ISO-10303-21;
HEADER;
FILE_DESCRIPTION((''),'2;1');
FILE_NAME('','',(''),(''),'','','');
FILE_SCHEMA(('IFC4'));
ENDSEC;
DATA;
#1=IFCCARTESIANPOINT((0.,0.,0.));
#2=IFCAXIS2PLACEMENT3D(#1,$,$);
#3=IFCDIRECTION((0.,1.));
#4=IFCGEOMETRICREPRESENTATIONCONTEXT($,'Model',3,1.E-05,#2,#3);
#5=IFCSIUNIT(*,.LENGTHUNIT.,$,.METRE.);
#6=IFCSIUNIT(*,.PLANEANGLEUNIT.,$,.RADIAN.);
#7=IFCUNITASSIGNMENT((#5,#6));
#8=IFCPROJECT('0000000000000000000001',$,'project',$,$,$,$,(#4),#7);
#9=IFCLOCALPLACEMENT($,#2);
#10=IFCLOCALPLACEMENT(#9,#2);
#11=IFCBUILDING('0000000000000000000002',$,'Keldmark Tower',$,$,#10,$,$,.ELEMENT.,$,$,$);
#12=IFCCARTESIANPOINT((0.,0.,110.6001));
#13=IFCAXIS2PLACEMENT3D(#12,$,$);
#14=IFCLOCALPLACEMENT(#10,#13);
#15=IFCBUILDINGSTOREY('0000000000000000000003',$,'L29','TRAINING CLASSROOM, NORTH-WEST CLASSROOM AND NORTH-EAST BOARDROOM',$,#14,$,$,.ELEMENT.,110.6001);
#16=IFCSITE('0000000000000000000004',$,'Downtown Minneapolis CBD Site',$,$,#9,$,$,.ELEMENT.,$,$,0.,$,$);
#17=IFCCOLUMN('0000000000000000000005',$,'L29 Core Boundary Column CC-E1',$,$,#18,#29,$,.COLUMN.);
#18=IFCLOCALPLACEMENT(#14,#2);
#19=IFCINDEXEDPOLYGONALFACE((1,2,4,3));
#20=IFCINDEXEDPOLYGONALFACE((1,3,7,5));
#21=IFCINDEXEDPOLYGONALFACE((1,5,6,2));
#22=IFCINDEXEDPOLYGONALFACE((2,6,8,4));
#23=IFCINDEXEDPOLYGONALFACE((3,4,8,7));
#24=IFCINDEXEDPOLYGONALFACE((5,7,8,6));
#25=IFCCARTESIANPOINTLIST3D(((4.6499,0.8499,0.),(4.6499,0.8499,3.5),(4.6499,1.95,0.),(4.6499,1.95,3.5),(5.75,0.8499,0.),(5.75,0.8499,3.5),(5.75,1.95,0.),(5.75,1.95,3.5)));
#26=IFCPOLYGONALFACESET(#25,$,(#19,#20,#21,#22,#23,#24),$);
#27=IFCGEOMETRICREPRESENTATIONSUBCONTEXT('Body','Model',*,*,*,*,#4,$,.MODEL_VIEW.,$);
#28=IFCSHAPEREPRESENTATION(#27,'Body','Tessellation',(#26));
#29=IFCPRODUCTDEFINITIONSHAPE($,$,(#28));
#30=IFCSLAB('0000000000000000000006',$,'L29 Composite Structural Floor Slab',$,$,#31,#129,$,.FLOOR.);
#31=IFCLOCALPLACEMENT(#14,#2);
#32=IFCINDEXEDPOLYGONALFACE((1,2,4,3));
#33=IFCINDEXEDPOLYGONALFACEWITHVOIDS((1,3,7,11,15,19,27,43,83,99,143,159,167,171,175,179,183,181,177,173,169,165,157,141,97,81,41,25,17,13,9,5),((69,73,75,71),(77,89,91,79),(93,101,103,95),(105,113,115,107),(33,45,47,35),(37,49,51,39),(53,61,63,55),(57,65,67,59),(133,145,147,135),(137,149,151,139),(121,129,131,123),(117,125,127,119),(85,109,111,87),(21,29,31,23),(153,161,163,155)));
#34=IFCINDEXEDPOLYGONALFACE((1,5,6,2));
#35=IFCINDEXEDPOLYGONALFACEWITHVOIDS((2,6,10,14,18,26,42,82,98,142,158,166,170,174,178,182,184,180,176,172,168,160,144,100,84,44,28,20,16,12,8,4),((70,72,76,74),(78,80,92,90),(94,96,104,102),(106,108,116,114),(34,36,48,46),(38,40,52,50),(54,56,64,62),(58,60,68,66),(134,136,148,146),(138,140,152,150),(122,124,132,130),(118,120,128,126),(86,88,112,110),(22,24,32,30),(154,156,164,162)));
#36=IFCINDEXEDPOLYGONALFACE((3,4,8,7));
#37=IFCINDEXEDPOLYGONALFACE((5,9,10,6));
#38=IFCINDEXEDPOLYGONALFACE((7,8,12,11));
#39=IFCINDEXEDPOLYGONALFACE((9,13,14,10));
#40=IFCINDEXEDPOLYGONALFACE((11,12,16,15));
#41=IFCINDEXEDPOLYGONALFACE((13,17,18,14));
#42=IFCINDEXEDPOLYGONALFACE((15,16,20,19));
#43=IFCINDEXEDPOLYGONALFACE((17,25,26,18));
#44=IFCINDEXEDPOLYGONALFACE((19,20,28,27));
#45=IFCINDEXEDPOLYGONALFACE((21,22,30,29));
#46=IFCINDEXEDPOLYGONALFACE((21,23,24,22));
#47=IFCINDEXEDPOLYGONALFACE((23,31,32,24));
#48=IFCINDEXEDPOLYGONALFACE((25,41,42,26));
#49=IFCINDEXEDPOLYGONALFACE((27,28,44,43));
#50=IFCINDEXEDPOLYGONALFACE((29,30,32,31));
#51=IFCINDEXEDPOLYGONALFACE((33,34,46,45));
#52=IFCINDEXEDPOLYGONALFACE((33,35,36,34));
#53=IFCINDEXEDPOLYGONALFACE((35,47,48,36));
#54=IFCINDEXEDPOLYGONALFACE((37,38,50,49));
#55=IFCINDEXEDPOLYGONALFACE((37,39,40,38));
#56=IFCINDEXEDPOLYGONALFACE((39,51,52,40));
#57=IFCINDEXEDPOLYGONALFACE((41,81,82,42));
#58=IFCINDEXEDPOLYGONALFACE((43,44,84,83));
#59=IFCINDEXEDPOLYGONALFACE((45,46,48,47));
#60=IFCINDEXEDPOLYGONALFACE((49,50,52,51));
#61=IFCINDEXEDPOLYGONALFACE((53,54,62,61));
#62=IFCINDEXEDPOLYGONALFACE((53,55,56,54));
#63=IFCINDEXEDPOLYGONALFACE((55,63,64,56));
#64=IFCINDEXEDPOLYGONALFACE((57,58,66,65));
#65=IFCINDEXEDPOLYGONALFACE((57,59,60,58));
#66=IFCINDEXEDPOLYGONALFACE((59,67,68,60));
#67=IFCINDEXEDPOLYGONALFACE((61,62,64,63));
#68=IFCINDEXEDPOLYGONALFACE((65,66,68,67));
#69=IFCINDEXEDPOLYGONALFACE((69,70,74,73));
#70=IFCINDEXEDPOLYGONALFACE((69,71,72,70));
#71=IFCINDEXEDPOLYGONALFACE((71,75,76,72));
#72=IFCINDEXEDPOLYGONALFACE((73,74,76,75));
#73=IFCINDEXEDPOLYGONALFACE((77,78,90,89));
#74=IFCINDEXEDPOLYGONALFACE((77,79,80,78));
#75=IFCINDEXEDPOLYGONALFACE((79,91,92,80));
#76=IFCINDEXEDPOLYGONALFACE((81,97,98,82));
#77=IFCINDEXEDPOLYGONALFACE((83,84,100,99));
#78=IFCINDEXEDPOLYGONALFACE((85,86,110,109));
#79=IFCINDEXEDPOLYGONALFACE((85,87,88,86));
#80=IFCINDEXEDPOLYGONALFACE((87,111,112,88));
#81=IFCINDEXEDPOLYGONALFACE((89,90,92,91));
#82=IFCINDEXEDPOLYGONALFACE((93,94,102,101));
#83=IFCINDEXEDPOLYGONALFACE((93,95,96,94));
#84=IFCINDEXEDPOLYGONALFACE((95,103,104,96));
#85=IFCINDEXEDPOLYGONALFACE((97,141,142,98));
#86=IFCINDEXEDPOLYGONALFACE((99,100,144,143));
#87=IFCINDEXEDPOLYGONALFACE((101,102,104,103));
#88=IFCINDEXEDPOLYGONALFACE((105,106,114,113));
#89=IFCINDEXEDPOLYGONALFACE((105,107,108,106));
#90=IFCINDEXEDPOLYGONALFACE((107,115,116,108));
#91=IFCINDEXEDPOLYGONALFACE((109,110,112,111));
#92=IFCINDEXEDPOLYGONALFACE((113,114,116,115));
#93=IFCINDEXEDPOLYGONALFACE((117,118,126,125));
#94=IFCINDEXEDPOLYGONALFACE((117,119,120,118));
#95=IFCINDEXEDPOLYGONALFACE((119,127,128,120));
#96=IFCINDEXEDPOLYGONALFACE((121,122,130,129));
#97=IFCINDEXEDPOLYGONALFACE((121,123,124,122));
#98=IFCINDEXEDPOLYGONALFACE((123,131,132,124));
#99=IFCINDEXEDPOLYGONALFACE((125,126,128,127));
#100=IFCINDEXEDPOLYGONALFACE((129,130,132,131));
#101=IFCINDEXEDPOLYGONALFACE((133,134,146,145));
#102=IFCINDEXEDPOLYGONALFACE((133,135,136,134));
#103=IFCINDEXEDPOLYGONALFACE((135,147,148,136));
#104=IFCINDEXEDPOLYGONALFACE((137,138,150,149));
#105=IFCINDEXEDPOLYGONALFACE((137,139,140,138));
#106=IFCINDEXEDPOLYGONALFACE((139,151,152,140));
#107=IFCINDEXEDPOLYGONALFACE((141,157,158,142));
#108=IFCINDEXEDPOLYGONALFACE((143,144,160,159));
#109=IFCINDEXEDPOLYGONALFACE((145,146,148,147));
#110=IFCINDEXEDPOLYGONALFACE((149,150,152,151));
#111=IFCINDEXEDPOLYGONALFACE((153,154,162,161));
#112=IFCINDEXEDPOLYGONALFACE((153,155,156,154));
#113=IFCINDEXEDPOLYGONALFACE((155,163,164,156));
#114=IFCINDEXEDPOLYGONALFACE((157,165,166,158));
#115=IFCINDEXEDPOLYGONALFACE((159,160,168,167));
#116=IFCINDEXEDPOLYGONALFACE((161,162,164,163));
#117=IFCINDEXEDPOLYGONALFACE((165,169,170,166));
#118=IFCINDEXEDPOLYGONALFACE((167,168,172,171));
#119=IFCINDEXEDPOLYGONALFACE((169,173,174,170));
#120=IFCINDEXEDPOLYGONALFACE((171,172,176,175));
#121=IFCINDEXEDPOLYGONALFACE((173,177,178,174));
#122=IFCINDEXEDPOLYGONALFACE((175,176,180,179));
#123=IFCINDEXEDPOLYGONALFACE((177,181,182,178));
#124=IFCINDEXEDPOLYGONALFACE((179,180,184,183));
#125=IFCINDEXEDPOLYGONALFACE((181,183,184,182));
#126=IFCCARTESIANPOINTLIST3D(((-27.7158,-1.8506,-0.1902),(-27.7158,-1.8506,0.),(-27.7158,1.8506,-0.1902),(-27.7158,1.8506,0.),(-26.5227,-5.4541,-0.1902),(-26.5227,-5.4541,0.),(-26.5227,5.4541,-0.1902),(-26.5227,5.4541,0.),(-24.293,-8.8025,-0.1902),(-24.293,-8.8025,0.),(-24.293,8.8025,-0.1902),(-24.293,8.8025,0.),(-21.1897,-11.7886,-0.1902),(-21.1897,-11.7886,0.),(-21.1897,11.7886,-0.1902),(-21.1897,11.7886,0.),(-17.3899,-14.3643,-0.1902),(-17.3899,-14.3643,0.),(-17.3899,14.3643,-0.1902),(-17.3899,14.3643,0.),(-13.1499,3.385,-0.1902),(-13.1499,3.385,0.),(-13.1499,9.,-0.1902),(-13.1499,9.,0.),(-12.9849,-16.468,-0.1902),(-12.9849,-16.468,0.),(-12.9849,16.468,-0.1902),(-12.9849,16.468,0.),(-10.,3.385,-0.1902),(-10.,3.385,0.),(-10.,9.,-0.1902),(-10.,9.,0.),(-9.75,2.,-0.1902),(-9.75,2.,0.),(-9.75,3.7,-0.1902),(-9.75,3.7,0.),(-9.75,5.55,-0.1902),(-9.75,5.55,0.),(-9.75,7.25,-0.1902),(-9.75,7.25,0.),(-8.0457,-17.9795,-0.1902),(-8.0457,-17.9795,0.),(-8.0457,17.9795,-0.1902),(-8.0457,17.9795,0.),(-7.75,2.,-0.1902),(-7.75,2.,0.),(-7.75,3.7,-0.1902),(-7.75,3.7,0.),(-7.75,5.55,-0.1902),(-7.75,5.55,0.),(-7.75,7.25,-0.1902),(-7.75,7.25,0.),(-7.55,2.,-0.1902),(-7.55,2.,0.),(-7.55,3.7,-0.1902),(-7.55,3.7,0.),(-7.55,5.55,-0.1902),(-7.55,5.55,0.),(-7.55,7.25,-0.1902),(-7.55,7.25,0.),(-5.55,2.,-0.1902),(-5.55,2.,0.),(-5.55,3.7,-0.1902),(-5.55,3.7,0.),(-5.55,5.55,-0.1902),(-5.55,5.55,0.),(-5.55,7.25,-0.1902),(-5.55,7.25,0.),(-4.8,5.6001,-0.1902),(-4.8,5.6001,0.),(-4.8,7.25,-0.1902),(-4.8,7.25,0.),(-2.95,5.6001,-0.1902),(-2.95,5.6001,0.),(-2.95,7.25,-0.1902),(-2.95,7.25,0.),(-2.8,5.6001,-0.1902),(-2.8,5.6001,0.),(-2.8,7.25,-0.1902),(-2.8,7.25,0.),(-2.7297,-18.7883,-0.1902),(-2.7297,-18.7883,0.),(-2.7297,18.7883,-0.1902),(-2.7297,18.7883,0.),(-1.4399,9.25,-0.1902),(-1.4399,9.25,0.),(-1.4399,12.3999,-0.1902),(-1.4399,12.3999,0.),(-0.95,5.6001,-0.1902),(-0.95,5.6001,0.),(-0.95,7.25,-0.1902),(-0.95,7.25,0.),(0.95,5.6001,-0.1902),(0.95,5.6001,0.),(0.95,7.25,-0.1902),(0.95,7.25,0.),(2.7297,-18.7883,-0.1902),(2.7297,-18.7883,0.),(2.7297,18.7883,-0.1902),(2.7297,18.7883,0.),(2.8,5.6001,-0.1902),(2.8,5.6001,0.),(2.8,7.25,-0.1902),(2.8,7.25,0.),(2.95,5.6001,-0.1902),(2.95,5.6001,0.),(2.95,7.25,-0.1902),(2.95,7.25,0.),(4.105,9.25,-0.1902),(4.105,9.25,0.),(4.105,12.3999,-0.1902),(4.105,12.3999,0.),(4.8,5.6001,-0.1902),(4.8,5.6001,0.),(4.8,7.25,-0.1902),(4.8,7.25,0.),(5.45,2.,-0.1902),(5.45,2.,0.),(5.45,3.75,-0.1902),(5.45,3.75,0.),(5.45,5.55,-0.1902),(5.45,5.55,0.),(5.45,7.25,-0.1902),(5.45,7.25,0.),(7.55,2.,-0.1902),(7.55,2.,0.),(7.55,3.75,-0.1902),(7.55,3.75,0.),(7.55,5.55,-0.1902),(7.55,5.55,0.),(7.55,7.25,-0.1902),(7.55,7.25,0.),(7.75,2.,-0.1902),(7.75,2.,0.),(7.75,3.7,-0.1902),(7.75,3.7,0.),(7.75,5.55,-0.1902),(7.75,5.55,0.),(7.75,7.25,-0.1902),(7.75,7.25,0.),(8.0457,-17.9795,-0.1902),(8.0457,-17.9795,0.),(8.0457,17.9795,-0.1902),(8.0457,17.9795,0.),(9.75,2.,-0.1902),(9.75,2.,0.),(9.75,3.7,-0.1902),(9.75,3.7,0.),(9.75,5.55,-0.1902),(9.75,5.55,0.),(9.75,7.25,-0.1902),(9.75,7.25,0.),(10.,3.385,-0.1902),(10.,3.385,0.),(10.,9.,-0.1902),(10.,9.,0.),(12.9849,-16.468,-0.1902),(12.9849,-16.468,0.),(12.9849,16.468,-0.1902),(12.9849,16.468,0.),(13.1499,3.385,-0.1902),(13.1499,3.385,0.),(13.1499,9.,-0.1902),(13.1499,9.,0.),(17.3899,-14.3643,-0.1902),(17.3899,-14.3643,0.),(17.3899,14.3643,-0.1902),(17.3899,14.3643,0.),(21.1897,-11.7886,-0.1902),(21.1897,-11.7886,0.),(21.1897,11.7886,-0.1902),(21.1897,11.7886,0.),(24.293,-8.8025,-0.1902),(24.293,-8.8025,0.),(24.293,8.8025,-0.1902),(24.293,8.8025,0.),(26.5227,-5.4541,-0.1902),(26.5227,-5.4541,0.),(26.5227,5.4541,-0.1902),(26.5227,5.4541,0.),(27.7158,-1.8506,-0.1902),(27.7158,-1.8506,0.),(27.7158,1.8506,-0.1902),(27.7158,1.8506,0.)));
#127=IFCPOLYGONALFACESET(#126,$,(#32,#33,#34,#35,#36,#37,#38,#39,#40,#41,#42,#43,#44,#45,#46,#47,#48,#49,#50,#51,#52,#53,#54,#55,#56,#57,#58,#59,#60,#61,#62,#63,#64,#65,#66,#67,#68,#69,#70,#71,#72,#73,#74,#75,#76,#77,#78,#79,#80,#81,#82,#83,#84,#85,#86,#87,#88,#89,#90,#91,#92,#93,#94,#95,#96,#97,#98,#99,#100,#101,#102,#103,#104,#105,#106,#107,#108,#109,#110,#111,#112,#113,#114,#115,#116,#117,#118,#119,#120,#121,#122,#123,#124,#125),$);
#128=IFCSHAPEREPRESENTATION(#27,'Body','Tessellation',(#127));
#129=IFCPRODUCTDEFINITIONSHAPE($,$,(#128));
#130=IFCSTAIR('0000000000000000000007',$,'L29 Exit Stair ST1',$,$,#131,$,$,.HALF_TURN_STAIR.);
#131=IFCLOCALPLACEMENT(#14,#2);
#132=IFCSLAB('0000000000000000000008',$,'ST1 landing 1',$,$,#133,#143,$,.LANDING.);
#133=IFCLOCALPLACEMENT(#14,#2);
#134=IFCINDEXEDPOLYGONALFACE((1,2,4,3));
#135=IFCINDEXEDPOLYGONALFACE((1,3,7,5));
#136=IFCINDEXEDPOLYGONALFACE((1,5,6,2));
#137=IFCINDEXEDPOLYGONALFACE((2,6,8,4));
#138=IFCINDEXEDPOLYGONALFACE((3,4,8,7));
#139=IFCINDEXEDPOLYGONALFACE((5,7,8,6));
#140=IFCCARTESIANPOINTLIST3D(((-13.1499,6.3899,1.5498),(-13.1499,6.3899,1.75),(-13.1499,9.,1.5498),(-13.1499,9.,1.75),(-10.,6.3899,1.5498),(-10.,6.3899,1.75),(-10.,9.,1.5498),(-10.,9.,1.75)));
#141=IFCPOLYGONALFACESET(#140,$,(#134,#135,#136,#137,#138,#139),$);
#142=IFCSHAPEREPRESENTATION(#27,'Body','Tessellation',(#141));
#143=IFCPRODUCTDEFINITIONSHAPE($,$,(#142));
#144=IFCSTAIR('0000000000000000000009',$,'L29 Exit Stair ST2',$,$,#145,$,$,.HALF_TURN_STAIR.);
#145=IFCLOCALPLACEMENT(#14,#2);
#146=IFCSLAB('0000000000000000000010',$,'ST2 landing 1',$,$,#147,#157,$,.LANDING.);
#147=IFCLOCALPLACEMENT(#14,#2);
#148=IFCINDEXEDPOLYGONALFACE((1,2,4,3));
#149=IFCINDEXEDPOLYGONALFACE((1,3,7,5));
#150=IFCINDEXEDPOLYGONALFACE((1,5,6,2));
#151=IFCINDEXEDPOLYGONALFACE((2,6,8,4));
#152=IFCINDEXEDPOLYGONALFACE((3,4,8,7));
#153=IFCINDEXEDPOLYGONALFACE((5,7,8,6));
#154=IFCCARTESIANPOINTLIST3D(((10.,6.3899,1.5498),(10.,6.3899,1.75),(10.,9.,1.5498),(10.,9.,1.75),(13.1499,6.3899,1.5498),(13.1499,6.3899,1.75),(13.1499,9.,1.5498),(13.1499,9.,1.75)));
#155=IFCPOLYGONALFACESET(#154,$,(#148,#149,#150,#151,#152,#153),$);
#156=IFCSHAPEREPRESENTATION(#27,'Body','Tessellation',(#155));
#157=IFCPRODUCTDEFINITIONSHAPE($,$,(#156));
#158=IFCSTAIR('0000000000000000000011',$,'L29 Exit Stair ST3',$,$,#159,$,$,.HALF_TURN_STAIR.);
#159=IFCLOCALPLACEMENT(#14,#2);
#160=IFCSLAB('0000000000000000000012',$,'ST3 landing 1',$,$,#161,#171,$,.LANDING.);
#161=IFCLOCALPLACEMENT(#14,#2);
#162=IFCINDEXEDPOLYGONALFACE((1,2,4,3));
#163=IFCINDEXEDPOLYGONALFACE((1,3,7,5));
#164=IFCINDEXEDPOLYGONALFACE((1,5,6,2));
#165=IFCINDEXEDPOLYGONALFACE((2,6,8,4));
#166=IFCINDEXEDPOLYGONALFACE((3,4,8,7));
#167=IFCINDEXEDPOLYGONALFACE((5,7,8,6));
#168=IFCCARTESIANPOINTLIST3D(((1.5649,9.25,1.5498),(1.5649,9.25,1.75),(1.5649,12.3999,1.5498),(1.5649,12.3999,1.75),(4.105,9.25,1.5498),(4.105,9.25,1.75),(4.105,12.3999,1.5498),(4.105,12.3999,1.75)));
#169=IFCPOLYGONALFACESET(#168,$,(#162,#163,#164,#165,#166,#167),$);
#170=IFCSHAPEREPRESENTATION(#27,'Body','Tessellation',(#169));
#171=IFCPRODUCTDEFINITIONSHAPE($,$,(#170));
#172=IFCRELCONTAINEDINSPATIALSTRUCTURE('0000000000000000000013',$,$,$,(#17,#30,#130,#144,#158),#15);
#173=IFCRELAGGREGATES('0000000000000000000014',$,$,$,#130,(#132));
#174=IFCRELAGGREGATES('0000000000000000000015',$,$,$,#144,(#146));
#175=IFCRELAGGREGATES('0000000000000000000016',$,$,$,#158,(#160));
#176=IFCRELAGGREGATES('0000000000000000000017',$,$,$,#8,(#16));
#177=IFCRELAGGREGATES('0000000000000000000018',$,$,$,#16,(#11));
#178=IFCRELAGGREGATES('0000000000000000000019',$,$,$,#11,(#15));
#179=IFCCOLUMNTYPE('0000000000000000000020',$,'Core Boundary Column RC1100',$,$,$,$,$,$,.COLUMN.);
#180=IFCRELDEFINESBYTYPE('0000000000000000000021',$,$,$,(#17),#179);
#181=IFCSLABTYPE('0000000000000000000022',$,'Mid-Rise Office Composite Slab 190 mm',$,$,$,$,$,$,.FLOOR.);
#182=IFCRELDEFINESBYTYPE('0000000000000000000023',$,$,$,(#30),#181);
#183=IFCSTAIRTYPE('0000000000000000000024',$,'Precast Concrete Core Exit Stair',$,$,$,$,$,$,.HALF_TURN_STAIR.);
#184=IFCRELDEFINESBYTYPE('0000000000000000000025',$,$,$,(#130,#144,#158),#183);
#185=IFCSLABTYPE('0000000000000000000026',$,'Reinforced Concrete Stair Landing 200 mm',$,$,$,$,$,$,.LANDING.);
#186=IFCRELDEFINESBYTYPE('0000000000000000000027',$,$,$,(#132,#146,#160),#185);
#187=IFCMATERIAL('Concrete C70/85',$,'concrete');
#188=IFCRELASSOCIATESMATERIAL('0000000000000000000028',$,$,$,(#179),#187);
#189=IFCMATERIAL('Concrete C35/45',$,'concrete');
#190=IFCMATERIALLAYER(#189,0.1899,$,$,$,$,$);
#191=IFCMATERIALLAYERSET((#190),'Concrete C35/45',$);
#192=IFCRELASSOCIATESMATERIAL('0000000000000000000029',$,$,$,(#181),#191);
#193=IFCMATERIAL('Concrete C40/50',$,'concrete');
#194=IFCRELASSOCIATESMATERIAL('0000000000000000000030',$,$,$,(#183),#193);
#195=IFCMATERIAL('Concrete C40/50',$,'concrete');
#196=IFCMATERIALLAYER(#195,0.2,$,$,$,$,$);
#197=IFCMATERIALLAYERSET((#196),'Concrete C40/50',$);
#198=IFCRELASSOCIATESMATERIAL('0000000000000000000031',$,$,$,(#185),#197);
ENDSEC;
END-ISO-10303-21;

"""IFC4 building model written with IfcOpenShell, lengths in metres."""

from ifc_helpers import new_model, si_unit, direction, frame, origin, origin_2d, place, context, subcontext, project, spatial, polyline, rectangle, outline, extrude, material, layer, layer_set, material_profile, profile_set, type_object, element, aggregate, save


model = new_model("IFC4")

# Units and contexts
model_context = context("Model", 3, precision=1e-05, world=origin(), true_north=direction((0.0, 1.0)))
body_context = subcontext(model_context, "Body", "Model", "MODEL_VIEW")
ifc_project = project(units=[si_unit("LENGTHUNIT", "METRE"), si_unit("PLANEANGLEUNIT", "RADIAN")], contexts=[model_context])

# Site, building, storey
site_placement = place(None, origin())
site = spatial("IfcSite", under=ifc_project, at=site_placement, Name="Downtown Minneapolis CBD Site", CompositionType="ELEMENT", RefElevation=0.0)
building_placement = place(site_placement, origin())
building = spatial("IfcBuilding", under=site, at=building_placement, Name="Keldmark Tower", CompositionType="ELEMENT")
storey_placement = place(building_placement, frame((0.0, 0.0, 110.6001)))
storey = spatial("IfcBuildingStorey", under=building, at=storey_placement, Name="L29", Description="TRAINING CLASSROOM, NORTH-WEST CLASSROOM AND NORTH-EAST BOARDROOM", CompositionType="ELEMENT", Elevation=110.6001)

# Column
ifc_material_1 = material(Name="Concrete C70/85", Category="concrete")
ifc_material_profile = material_profile(ifc_material_1, rectangle(XDim=1.1001, YDim=1.1001, at=origin_2d()), Name="RC1100X1100")
ifc_profile_set = profile_set([ifc_material_profile], Name="Concrete C70/85")
column_type = type_object("IfcColumnType", Name="Core Boundary Column RC1100", PredefinedType="COLUMN", material=ifc_profile_set)
column_placement = place(storey_placement, frame((5.2, 1.3999, 0.0), z_axis=(0.0, 0.0, 1.0), x_axis=(1.0, 0.0, 0.0)))
element("IfcColumn", 1, at=column_placement, inside=storey, type_object=column_type, Name="L29 Core Boundary Column CC-E1", PredefinedType="COLUMN", context=body_context, shape_type="SweptSolid", body=[
    extrude(rectangle(XDim=1.1001, YDim=1.1001, at=origin_2d()), origin(), (0.0, 0.0, 1.0), 3.5),
])

# Slab
ifc_material_2 = material(Name="Concrete C35/45", Category="concrete")
ifc_layer_1 = layer(ifc_material_2, 0.1899)
ifc_layer_set_1 = layer_set([ifc_layer_1], Name="Concrete C35/45")
slab_type_1 = type_object("IfcSlabType", Name="Mid-Rise Office Composite Slab 190 mm", PredefinedType="FLOOR", material=ifc_layer_set_1)
slab_1_placement = place(storey_placement, frame((0.0, 0.0, -0.1902)))
element("IfcSlab", 2, at=slab_1_placement, inside=storey, type_object=slab_type_1, Name="L29 Composite Structural Floor Slab", PredefinedType="FLOOR", context=body_context, shape_type="SweptSolid", body=[
    extrude(outline(polyline([(27.7158, 1.8506), (26.5227, 5.4541), (24.293, 8.8025), (21.1897, 11.7886), (17.3899, 14.3643), (12.9849, 16.468), (8.0457, 17.9795), (2.7297, 18.7883), (-2.7297, 18.7883), (-8.0457, 17.9795), (-12.9849, 16.468), (-17.3899, 14.3643), (-21.1897, 11.7886), (-24.293, 8.8025), (-26.5227, 5.4541), (-27.7158, 1.8506), (-27.7158, -1.8506), (-26.5227, -5.4541), (-24.293, -8.8025), (-21.1897, -11.7886), (-17.3899, -14.3643), (-12.9849, -16.468), (-8.0457, -17.9795), (-2.7297, -18.7883), (2.7297, -18.7883), (8.0457, -17.9795), (12.9849, -16.468), (17.3899, -14.3643), (21.1897, -11.7886), (24.293, -8.8025), (26.5227, -5.4541), (27.7158, -1.8506), (27.7158, 1.8506)]), holes=[polyline([(-10.0, 3.385), (-10.0, 9.0), (-13.1499, 9.0), (-13.1499, 3.385), (-10.0, 3.385)]), polyline([(13.1499, 3.385), (13.1499, 9.0), (10.0, 9.0), (10.0, 3.385), (13.1499, 3.385)]), polyline([(-1.4399, 9.25), (4.105, 9.25), (4.105, 12.3999), (-1.4399, 12.3999), (-1.4399, 9.25)]), polyline([(-9.75, 2.0), (-7.75, 2.0), (-7.75, 3.7), (-9.75, 3.7), (-9.75, 2.0)]), polyline([(7.75, 2.0), (9.75, 2.0), (9.75, 3.7), (7.75, 3.7), (7.75, 2.0)]), polyline([(5.45, 2.0), (7.55, 2.0), (7.55, 3.75), (5.45, 3.75), (5.45, 2.0)]), polyline([(-4.8, 5.6001), (-2.95, 5.6001), (-2.95, 7.25), (-4.8, 7.25), (-4.8, 5.6001)]), polyline([(-2.8, 5.6001), (-0.95, 5.6001), (-0.95, 7.25), (-2.8, 7.25), (-2.8, 5.6001)]), polyline([(0.95, 5.6001), (2.8, 5.6001), (2.8, 7.25), (0.95, 7.25), (0.95, 5.6001)]), polyline([(2.95, 5.6001), (4.8, 5.6001), (4.8, 7.25), (2.95, 7.25), (2.95, 5.6001)]), polyline([(-9.75, 5.55), (-7.75, 5.55), (-7.75, 7.25), (-9.75, 7.25), (-9.75, 5.55)]), polyline([(-7.55, 5.55), (-5.55, 5.55), (-5.55, 7.25), (-7.55, 7.25), (-7.55, 5.55)]), polyline([(-7.55, 2.0), (-5.55, 2.0), (-5.55, 3.7), (-7.55, 3.7), (-7.55, 2.0)]), polyline([(5.45, 5.55), (7.55, 5.55), (7.55, 7.25), (5.45, 7.25), (5.45, 5.55)]), polyline([(7.75, 5.55), (9.75, 5.55), (9.75, 7.25), (7.75, 7.25), (7.75, 5.55)])]), origin(), (0.0, 0.0, 1.0), 0.1902),
])

# Stairs, slabs
ifc_material_3 = material(Name="Concrete C40/50", Category="concrete")
stair_type = type_object("IfcStairType", Name="Precast Concrete Core Exit Stair", PredefinedType="HALF_TURN_STAIR", material=ifc_material_3)
stair_1_placement = place(storey_placement, origin())
stair_1 = element("IfcStair", 3, at=stair_1_placement, inside=storey, type_object=stair_type, Name="L29 Exit Stair ST1", PredefinedType="HALF_TURN_STAIR")
ifc_material_4 = material(Name="Concrete C40/50", Category="concrete")
ifc_layer_2 = layer(ifc_material_4, 0.2)
ifc_layer_set_2 = layer_set([ifc_layer_2], Name="Concrete C40/50")
slab_type_2 = type_object("IfcSlabType", Name="Reinforced Concrete Stair Landing 200 mm", PredefinedType="LANDING", material=ifc_layer_set_2)
slab_2_placement = place(storey_placement, frame((0.0, 0.0, 1.5498)))
slab_2 = element("IfcSlab", 4, at=slab_2_placement, type_object=slab_type_2, Name="ST1 landing 1", PredefinedType="LANDING", context=body_context, shape_type="SweptSolid", body=[
    extrude(outline(polyline([(-10.0, 6.3899), (-10.0, 9.0), (-13.1499, 9.0), (-13.1499, 6.3899), (-10.0, 6.3899)])), origin(), (0.0, 0.0, 1.0), 0.2002),
])
aggregate(stair_1, [slab_2])
stair_2_placement = place(storey_placement, origin())
stair_2 = element("IfcStair", 5, at=stair_2_placement, inside=storey, type_object=stair_type, Name="L29 Exit Stair ST2", PredefinedType="HALF_TURN_STAIR")
slab_3_placement = place(storey_placement, frame((0.0, 0.0, 1.5498)))
slab_3 = element("IfcSlab", 6, at=slab_3_placement, type_object=slab_type_2, Name="ST2 landing 1", PredefinedType="LANDING", context=body_context, shape_type="SweptSolid", body=[
    extrude(outline(polyline([(13.1499, 6.3899), (13.1499, 9.0), (10.0, 9.0), (10.0, 6.3899), (13.1499, 6.3899)])), origin(), (0.0, 0.0, 1.0), 0.2002),
])
aggregate(stair_2, [slab_3])
stair_3_placement = place(storey_placement, origin())
stair_3 = element("IfcStair", 7, at=stair_3_placement, inside=storey, type_object=stair_type, Name="L29 Exit Stair ST3", PredefinedType="HALF_TURN_STAIR")
slab_4_placement = place(storey_placement, frame((0.0, 0.0, 1.5498)))
slab_4 = element("IfcSlab", 8, at=slab_4_placement, type_object=slab_type_2, Name="ST3 landing 1", PredefinedType="LANDING", context=body_context, shape_type="SweptSolid", body=[
    extrude(outline(polyline([(1.5649, 9.25), (4.105, 9.25), (4.105, 12.3999), (1.5649, 12.3999), (1.5649, 9.25)])), origin(), (0.0, 0.0, 1.0), 0.2002),
])
aggregate(stair_3, [slab_4])

save(model, "model.ifc")
